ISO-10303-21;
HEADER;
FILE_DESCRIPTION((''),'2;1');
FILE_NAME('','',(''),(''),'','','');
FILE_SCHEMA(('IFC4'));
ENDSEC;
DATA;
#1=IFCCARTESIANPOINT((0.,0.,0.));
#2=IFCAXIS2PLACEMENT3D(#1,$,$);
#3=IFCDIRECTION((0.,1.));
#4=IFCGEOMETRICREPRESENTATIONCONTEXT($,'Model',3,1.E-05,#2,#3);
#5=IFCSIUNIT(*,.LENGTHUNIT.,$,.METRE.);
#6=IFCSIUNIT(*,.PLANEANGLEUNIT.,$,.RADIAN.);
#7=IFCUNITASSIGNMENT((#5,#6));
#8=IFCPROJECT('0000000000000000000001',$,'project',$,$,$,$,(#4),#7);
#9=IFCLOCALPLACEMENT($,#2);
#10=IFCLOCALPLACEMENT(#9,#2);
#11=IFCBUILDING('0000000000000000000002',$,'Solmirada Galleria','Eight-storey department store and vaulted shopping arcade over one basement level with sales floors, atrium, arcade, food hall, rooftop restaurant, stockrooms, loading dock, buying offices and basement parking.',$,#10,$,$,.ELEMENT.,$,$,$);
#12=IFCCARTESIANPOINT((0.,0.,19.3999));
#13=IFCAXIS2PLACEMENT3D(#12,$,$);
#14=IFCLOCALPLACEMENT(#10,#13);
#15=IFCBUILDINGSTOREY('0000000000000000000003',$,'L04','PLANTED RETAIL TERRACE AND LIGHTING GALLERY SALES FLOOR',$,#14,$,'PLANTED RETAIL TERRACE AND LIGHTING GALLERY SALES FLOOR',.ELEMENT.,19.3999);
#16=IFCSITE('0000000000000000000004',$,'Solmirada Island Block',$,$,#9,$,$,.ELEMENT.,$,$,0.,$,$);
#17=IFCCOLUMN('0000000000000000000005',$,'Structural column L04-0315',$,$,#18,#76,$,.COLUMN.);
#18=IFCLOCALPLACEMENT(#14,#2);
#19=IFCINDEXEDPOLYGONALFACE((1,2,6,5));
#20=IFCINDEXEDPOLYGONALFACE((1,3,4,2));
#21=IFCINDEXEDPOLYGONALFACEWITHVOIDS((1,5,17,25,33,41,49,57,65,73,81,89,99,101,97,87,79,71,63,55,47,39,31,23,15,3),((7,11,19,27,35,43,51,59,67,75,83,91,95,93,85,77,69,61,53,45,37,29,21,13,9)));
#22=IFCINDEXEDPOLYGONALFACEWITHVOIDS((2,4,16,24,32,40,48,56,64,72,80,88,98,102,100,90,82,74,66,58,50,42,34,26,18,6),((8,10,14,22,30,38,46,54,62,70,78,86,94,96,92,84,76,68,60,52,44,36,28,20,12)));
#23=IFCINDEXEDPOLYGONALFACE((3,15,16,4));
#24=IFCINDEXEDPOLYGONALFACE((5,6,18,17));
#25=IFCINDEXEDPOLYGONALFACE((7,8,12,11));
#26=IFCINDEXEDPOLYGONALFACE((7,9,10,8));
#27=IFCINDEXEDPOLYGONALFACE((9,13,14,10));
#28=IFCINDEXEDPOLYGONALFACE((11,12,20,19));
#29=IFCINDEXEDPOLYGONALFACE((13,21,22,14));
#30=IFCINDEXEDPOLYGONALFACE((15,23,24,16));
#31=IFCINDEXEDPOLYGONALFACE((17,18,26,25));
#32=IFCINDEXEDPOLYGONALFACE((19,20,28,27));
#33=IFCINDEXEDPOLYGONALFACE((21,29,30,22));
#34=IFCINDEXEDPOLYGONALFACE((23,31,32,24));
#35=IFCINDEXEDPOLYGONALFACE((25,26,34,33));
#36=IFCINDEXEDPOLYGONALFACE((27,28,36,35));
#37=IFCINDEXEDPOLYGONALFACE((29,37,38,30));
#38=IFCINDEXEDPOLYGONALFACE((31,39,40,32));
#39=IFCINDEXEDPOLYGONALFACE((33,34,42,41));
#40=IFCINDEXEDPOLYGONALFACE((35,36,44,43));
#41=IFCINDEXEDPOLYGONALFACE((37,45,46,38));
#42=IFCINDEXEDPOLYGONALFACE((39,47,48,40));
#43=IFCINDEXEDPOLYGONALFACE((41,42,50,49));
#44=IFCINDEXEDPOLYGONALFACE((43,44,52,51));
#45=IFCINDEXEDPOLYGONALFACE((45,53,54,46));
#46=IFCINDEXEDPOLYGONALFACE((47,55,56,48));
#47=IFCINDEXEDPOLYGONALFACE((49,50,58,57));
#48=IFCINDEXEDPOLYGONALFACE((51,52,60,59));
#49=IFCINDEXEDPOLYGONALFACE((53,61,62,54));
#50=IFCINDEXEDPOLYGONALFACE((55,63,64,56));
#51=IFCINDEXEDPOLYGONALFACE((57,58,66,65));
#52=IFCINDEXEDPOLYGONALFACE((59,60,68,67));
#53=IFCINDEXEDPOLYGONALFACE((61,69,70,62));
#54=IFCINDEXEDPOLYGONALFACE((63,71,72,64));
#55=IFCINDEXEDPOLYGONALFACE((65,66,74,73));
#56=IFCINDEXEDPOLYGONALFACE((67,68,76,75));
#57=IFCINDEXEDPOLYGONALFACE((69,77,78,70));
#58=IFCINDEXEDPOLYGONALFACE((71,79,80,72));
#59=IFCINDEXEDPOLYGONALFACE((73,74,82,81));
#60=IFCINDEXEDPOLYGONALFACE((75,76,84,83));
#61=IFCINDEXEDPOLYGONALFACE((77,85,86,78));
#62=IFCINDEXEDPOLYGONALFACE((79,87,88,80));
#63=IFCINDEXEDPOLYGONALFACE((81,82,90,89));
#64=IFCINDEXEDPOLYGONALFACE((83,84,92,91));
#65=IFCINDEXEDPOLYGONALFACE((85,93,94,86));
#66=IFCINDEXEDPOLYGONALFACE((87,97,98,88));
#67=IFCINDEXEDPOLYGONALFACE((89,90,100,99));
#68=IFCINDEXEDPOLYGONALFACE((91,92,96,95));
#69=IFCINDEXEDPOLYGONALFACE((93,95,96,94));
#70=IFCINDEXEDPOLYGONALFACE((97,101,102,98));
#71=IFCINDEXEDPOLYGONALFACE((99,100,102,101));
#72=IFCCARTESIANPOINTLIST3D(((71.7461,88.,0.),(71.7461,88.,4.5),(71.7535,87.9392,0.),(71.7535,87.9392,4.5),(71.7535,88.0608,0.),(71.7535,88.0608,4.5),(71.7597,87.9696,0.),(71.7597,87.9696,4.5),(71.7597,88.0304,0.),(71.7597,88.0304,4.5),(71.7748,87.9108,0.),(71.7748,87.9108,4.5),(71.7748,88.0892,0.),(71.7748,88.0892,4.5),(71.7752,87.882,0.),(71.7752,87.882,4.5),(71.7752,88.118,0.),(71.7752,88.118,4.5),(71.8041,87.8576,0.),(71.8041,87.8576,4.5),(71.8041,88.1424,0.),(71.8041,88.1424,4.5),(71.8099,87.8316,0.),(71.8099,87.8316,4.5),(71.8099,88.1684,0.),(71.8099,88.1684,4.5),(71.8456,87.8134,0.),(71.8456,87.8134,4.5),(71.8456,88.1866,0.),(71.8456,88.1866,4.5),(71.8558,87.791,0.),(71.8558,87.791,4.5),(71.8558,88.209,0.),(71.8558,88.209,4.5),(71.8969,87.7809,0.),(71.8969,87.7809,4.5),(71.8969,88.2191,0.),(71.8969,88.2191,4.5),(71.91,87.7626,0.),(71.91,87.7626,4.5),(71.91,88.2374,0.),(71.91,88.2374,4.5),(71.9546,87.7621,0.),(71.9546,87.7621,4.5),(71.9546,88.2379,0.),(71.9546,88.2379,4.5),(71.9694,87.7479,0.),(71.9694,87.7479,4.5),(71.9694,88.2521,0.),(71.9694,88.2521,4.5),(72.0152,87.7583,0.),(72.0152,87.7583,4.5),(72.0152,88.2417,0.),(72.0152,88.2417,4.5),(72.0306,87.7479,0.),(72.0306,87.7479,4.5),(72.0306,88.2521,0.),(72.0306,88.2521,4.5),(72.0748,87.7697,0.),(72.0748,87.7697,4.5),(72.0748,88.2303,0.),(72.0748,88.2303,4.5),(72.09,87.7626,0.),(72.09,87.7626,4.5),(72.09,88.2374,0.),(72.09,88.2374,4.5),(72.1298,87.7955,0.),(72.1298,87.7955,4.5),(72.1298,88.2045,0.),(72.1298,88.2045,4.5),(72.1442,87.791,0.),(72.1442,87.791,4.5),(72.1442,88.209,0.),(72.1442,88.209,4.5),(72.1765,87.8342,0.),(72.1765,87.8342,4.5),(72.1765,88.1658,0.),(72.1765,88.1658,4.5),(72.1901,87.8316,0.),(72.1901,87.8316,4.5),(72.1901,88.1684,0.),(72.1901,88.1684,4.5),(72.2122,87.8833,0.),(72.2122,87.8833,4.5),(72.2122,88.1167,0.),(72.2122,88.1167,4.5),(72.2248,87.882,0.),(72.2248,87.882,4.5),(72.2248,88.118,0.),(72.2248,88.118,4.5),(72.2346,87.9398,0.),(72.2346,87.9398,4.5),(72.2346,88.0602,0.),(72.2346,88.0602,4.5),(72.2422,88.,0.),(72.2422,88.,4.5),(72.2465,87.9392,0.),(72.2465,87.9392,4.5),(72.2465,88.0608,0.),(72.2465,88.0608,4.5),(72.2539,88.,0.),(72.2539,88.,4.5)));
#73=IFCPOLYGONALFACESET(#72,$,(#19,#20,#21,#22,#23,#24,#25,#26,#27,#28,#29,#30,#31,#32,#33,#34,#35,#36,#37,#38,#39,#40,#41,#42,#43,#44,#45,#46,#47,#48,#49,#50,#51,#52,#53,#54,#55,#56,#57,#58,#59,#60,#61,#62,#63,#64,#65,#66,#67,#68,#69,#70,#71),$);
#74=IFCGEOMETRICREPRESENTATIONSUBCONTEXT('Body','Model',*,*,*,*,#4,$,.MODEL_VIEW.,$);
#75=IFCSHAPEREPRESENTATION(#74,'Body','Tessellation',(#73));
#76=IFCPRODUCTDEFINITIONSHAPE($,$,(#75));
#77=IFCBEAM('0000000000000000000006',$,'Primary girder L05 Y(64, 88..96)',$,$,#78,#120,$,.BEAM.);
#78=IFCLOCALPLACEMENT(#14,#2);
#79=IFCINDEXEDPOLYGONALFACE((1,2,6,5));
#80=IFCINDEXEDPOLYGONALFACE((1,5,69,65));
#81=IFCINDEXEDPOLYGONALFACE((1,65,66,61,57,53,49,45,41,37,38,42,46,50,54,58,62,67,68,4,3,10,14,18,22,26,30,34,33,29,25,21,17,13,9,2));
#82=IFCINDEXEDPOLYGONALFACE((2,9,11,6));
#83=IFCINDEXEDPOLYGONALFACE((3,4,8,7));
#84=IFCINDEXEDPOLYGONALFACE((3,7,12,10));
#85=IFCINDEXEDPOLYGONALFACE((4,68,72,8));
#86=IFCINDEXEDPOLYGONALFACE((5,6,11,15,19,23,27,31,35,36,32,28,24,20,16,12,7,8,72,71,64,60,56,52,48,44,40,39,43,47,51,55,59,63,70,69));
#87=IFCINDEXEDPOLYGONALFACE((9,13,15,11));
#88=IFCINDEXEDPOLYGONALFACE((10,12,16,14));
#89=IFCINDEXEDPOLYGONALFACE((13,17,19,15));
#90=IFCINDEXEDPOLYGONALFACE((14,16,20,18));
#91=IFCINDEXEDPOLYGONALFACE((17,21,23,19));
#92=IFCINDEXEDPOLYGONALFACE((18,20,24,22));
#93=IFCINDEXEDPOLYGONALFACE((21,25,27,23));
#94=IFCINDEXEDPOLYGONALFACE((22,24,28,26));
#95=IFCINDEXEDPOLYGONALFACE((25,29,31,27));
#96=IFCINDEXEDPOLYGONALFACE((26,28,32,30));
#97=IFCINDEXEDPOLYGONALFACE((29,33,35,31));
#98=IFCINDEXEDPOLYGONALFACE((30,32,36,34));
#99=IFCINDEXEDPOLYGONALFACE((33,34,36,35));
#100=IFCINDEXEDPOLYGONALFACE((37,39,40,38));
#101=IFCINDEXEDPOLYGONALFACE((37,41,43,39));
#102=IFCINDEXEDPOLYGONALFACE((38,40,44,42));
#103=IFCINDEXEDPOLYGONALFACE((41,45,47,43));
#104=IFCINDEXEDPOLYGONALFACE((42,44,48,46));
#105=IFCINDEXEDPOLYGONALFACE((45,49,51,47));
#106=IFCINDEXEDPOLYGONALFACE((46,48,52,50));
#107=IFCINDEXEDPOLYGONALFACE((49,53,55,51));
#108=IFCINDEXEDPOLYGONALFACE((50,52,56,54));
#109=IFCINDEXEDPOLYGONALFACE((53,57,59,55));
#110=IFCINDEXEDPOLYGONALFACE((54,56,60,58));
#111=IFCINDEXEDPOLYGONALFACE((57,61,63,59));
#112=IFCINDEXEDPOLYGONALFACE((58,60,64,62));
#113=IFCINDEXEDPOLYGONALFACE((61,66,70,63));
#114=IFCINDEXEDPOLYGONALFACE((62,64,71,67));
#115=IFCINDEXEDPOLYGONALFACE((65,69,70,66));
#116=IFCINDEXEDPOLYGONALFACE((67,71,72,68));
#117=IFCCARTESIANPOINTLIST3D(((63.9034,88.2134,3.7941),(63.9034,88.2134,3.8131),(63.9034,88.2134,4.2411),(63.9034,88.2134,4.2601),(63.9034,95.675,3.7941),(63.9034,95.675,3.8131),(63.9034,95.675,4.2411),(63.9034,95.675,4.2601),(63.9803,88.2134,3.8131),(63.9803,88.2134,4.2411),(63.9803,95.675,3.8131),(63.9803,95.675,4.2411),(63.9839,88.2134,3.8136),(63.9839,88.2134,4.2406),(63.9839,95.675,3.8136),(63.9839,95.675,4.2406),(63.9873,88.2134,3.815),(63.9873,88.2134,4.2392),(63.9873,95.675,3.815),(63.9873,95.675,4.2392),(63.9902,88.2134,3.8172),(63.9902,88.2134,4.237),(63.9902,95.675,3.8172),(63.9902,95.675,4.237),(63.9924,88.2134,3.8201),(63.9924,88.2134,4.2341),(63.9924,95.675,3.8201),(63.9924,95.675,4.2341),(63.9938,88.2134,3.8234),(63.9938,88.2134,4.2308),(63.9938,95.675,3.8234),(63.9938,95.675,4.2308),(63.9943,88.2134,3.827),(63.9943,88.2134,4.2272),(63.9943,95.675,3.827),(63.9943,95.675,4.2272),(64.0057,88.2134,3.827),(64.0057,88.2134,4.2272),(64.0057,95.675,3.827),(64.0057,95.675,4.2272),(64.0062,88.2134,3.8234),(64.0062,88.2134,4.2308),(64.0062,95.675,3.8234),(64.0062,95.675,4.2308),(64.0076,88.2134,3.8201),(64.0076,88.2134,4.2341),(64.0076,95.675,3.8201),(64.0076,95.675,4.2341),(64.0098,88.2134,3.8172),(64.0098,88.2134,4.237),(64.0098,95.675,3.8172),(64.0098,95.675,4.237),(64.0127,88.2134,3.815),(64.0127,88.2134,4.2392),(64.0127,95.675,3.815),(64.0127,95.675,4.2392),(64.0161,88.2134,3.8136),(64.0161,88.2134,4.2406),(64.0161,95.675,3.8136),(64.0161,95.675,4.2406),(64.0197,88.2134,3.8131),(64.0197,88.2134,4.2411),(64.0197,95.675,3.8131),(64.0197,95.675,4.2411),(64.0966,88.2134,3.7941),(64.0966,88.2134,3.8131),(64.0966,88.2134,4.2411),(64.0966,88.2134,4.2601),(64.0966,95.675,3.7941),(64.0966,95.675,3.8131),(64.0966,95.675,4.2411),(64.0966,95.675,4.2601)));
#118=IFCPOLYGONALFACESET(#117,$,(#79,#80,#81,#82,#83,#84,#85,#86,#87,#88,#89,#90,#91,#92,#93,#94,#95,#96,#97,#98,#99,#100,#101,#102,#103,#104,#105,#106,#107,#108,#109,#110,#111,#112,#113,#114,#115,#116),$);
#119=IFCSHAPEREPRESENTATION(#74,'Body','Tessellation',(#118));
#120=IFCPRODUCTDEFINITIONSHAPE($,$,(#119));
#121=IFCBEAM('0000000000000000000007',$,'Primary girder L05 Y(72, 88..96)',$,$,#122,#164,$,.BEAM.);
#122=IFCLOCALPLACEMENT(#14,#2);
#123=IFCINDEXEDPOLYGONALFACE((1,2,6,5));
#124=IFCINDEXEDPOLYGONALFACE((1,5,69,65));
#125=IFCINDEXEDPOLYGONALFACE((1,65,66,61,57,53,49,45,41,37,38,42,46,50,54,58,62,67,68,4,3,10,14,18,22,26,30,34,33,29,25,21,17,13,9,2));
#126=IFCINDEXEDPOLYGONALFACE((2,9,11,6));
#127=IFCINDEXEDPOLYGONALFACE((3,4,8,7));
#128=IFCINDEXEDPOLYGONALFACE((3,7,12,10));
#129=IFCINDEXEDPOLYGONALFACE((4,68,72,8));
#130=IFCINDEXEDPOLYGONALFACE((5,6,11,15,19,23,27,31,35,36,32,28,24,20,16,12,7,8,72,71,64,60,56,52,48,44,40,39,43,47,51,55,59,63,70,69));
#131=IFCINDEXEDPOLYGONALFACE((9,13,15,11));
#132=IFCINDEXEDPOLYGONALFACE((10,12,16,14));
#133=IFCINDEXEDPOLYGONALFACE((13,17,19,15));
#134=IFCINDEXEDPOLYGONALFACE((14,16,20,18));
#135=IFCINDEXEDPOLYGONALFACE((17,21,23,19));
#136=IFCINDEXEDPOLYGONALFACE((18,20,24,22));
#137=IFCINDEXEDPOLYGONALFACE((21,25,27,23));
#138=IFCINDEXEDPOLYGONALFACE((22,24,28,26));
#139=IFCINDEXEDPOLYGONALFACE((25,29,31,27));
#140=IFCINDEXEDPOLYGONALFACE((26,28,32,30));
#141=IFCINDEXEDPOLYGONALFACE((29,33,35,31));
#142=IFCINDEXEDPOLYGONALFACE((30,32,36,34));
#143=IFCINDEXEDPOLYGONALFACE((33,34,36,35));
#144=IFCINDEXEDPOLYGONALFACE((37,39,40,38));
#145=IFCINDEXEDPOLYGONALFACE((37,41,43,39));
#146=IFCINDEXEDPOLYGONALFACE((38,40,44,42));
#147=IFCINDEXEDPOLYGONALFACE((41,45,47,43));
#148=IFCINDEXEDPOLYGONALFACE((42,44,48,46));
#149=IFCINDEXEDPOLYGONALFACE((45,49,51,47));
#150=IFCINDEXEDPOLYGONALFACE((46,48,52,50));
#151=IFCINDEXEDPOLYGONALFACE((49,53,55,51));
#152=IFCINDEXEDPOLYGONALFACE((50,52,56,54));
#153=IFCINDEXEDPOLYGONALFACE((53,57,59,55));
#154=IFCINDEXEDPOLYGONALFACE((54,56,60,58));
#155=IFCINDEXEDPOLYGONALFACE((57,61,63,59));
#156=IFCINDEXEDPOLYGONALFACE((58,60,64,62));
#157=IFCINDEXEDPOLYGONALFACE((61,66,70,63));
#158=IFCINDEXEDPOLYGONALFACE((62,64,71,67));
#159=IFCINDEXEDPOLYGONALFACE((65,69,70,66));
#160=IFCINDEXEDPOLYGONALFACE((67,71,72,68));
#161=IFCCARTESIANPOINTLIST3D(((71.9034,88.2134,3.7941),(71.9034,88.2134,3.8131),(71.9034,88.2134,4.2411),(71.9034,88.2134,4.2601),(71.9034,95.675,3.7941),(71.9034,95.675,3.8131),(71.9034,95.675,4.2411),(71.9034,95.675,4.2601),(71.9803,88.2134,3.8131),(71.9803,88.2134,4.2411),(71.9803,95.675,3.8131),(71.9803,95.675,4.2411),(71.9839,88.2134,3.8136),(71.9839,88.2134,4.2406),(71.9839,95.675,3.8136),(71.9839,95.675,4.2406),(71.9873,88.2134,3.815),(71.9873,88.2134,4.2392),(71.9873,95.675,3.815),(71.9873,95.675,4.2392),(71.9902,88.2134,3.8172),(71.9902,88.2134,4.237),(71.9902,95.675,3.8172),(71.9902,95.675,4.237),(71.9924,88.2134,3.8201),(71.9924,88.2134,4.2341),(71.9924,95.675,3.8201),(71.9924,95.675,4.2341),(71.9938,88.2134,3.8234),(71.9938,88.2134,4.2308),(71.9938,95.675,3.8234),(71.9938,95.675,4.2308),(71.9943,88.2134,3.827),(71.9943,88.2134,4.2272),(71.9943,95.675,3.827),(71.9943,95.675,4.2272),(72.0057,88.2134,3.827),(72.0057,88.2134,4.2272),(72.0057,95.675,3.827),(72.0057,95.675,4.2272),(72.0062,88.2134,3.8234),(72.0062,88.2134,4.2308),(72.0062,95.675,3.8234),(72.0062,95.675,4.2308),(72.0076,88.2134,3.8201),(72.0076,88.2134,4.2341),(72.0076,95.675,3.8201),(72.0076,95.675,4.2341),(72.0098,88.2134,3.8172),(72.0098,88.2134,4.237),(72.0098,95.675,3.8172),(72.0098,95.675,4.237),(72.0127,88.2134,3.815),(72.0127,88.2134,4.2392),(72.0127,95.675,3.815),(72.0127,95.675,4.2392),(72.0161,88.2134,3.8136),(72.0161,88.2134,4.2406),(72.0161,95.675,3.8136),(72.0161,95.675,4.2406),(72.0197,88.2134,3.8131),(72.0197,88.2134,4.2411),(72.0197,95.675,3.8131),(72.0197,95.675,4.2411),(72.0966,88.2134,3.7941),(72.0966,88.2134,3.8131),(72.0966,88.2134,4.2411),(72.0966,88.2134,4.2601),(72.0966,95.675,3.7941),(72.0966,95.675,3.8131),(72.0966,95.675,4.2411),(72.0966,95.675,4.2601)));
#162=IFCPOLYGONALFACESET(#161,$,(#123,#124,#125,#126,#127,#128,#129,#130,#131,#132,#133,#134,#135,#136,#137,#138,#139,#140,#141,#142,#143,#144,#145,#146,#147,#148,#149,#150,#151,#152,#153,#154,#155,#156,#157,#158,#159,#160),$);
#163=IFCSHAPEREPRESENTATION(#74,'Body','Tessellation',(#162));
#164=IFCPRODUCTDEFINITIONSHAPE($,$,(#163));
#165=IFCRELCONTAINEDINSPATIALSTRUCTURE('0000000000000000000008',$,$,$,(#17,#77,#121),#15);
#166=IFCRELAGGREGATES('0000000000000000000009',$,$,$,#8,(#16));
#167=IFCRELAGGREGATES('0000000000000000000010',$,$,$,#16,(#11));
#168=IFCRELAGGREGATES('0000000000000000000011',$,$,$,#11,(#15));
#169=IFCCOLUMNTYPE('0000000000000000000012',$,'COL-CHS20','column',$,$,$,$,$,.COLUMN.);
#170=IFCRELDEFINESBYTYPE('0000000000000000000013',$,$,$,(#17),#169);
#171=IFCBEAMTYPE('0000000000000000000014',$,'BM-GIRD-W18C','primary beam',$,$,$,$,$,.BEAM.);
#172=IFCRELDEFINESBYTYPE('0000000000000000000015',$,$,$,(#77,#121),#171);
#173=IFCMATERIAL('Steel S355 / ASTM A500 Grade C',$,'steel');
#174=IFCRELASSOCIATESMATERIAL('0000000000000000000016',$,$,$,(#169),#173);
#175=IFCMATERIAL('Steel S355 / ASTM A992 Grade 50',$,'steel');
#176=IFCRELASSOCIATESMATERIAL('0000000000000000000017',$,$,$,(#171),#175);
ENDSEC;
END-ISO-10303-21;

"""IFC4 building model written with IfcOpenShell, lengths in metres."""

from ifc_helpers import new_model, si_unit, direction, frame, origin, origin_2d, place, context, subcontext, project, spatial, hollow_circle, i_section, extrude, material, material_profile, profile_set, type_object, element, save


model = new_model("IFC4")

# Units and contexts
model_context = context("Model", 3, precision=1e-05, world=origin(), true_north=direction((0.0, 1.0)))
body_context = subcontext(model_context, "Body", "Model", "MODEL_VIEW")
ifc_project = project(units=[si_unit("LENGTHUNIT", "METRE"), si_unit("PLANEANGLEUNIT", "RADIAN")], contexts=[model_context])

# Site, building, storey
site_placement = place(None, origin())
site = spatial("IfcSite", under=ifc_project, at=site_placement, Name="Solmirada Island Block", CompositionType="ELEMENT", RefElevation=0.0)
building_placement = place(site_placement, origin())
building = spatial("IfcBuilding", under=site, at=building_placement, Name="Solmirada Galleria", Description="Eight-storey department store and vaulted shopping arcade over one basement level with sales floors, atrium, arcade, food hall, rooftop restaurant, stockrooms, loading dock, buying offices and basement parking.", CompositionType="ELEMENT")
storey_placement = place(building_placement, frame((0.0, 0.0, 19.3999)))
storey = spatial("IfcBuildingStorey", under=building, at=storey_placement, Name="L04", Description="PLANTED RETAIL TERRACE AND LIGHTING GALLERY SALES FLOOR", LongName="PLANTED RETAIL TERRACE AND LIGHTING GALLERY SALES FLOOR", CompositionType="ELEMENT", Elevation=19.3999)

# Column
ifc_material_1 = material(Name="Steel S355 / ASTM A500 Grade C", Category="steel")
ifc_material_profile_1 = material_profile(ifc_material_1, hollow_circle(Radius=0.2539, WallThickness=0.0117, at=origin_2d()), Name="HSS20.000X0.500")
ifc_profile_set_1 = profile_set([ifc_material_profile_1], Name="Steel S355 / ASTM A500 Grade C")
column_type = type_object("IfcColumnType", Name="COL-CHS20", Description="column", PredefinedType="COLUMN", material=ifc_profile_set_1)
column_placement = place(storey_placement, frame((72.0, 88.0, 0.0), z_axis=(0.0, 0.0, 1.0), x_axis=(1.0, 0.0, 0.0)))
element("IfcColumn", 1, at=column_placement, inside=storey, type_object=column_type, Name="Structural column L04-0315", PredefinedType="COLUMN", context=body_context, shape_type="SweptSolid", body=[
    extrude(hollow_circle(Radius=0.2539, WallThickness=0.0117, at=origin_2d()), origin(), (0.0, 0.0, 1.0), 4.5),
])

# Beams
ifc_material_2 = material(Name="Steel S355 / ASTM A992 Grade 50", Category="steel")
ifc_material_profile_2 = material_profile(ifc_material_2, i_section(OverallWidth=0.1931, OverallDepth=0.4661, WebThickness=0.0115, FlangeThickness=0.019, FilletRadius=0.0139, at=origin_2d()), Name="W18X65")
ifc_profile_set_2 = profile_set([ifc_material_profile_2], Name="Steel S355 / ASTM A992 Grade 50")
beam_type = type_object("IfcBeamType", Name="BM-GIRD-W18C", Description="primary beam", PredefinedType="BEAM", material=ifc_profile_set_2)
for number, where, z_axis, x_axis, name in (
    (2, (64.0, 88.2134, 4.0271), (0.0, 1.0, 0.0), (-1.0, 0.0, 0.0), "Primary girder L05 Y(64, 88..96)"),
    (3, (72.0, 88.2134, 4.0271), (0.0, 1.0, 0.0), (-1.0, 0.0, 0.0), "Primary girder L05 Y(72, 88..96)"),
):
    element("IfcBeam", number, at=place(storey_placement, frame(where, z_axis=z_axis, x_axis=x_axis)), inside=storey, type_object=beam_type, Name=name, PredefinedType="BEAM", context=body_context, shape_type="SweptSolid", body=[
        extrude(i_section(OverallWidth=0.1931, OverallDepth=0.4661, WebThickness=0.0115, FlangeThickness=0.019, FilletRadius=0.0139, at=origin_2d()), origin(), (0.0, 0.0, 1.0), 7.4617),
    ])

save(model, "model.ifc")
